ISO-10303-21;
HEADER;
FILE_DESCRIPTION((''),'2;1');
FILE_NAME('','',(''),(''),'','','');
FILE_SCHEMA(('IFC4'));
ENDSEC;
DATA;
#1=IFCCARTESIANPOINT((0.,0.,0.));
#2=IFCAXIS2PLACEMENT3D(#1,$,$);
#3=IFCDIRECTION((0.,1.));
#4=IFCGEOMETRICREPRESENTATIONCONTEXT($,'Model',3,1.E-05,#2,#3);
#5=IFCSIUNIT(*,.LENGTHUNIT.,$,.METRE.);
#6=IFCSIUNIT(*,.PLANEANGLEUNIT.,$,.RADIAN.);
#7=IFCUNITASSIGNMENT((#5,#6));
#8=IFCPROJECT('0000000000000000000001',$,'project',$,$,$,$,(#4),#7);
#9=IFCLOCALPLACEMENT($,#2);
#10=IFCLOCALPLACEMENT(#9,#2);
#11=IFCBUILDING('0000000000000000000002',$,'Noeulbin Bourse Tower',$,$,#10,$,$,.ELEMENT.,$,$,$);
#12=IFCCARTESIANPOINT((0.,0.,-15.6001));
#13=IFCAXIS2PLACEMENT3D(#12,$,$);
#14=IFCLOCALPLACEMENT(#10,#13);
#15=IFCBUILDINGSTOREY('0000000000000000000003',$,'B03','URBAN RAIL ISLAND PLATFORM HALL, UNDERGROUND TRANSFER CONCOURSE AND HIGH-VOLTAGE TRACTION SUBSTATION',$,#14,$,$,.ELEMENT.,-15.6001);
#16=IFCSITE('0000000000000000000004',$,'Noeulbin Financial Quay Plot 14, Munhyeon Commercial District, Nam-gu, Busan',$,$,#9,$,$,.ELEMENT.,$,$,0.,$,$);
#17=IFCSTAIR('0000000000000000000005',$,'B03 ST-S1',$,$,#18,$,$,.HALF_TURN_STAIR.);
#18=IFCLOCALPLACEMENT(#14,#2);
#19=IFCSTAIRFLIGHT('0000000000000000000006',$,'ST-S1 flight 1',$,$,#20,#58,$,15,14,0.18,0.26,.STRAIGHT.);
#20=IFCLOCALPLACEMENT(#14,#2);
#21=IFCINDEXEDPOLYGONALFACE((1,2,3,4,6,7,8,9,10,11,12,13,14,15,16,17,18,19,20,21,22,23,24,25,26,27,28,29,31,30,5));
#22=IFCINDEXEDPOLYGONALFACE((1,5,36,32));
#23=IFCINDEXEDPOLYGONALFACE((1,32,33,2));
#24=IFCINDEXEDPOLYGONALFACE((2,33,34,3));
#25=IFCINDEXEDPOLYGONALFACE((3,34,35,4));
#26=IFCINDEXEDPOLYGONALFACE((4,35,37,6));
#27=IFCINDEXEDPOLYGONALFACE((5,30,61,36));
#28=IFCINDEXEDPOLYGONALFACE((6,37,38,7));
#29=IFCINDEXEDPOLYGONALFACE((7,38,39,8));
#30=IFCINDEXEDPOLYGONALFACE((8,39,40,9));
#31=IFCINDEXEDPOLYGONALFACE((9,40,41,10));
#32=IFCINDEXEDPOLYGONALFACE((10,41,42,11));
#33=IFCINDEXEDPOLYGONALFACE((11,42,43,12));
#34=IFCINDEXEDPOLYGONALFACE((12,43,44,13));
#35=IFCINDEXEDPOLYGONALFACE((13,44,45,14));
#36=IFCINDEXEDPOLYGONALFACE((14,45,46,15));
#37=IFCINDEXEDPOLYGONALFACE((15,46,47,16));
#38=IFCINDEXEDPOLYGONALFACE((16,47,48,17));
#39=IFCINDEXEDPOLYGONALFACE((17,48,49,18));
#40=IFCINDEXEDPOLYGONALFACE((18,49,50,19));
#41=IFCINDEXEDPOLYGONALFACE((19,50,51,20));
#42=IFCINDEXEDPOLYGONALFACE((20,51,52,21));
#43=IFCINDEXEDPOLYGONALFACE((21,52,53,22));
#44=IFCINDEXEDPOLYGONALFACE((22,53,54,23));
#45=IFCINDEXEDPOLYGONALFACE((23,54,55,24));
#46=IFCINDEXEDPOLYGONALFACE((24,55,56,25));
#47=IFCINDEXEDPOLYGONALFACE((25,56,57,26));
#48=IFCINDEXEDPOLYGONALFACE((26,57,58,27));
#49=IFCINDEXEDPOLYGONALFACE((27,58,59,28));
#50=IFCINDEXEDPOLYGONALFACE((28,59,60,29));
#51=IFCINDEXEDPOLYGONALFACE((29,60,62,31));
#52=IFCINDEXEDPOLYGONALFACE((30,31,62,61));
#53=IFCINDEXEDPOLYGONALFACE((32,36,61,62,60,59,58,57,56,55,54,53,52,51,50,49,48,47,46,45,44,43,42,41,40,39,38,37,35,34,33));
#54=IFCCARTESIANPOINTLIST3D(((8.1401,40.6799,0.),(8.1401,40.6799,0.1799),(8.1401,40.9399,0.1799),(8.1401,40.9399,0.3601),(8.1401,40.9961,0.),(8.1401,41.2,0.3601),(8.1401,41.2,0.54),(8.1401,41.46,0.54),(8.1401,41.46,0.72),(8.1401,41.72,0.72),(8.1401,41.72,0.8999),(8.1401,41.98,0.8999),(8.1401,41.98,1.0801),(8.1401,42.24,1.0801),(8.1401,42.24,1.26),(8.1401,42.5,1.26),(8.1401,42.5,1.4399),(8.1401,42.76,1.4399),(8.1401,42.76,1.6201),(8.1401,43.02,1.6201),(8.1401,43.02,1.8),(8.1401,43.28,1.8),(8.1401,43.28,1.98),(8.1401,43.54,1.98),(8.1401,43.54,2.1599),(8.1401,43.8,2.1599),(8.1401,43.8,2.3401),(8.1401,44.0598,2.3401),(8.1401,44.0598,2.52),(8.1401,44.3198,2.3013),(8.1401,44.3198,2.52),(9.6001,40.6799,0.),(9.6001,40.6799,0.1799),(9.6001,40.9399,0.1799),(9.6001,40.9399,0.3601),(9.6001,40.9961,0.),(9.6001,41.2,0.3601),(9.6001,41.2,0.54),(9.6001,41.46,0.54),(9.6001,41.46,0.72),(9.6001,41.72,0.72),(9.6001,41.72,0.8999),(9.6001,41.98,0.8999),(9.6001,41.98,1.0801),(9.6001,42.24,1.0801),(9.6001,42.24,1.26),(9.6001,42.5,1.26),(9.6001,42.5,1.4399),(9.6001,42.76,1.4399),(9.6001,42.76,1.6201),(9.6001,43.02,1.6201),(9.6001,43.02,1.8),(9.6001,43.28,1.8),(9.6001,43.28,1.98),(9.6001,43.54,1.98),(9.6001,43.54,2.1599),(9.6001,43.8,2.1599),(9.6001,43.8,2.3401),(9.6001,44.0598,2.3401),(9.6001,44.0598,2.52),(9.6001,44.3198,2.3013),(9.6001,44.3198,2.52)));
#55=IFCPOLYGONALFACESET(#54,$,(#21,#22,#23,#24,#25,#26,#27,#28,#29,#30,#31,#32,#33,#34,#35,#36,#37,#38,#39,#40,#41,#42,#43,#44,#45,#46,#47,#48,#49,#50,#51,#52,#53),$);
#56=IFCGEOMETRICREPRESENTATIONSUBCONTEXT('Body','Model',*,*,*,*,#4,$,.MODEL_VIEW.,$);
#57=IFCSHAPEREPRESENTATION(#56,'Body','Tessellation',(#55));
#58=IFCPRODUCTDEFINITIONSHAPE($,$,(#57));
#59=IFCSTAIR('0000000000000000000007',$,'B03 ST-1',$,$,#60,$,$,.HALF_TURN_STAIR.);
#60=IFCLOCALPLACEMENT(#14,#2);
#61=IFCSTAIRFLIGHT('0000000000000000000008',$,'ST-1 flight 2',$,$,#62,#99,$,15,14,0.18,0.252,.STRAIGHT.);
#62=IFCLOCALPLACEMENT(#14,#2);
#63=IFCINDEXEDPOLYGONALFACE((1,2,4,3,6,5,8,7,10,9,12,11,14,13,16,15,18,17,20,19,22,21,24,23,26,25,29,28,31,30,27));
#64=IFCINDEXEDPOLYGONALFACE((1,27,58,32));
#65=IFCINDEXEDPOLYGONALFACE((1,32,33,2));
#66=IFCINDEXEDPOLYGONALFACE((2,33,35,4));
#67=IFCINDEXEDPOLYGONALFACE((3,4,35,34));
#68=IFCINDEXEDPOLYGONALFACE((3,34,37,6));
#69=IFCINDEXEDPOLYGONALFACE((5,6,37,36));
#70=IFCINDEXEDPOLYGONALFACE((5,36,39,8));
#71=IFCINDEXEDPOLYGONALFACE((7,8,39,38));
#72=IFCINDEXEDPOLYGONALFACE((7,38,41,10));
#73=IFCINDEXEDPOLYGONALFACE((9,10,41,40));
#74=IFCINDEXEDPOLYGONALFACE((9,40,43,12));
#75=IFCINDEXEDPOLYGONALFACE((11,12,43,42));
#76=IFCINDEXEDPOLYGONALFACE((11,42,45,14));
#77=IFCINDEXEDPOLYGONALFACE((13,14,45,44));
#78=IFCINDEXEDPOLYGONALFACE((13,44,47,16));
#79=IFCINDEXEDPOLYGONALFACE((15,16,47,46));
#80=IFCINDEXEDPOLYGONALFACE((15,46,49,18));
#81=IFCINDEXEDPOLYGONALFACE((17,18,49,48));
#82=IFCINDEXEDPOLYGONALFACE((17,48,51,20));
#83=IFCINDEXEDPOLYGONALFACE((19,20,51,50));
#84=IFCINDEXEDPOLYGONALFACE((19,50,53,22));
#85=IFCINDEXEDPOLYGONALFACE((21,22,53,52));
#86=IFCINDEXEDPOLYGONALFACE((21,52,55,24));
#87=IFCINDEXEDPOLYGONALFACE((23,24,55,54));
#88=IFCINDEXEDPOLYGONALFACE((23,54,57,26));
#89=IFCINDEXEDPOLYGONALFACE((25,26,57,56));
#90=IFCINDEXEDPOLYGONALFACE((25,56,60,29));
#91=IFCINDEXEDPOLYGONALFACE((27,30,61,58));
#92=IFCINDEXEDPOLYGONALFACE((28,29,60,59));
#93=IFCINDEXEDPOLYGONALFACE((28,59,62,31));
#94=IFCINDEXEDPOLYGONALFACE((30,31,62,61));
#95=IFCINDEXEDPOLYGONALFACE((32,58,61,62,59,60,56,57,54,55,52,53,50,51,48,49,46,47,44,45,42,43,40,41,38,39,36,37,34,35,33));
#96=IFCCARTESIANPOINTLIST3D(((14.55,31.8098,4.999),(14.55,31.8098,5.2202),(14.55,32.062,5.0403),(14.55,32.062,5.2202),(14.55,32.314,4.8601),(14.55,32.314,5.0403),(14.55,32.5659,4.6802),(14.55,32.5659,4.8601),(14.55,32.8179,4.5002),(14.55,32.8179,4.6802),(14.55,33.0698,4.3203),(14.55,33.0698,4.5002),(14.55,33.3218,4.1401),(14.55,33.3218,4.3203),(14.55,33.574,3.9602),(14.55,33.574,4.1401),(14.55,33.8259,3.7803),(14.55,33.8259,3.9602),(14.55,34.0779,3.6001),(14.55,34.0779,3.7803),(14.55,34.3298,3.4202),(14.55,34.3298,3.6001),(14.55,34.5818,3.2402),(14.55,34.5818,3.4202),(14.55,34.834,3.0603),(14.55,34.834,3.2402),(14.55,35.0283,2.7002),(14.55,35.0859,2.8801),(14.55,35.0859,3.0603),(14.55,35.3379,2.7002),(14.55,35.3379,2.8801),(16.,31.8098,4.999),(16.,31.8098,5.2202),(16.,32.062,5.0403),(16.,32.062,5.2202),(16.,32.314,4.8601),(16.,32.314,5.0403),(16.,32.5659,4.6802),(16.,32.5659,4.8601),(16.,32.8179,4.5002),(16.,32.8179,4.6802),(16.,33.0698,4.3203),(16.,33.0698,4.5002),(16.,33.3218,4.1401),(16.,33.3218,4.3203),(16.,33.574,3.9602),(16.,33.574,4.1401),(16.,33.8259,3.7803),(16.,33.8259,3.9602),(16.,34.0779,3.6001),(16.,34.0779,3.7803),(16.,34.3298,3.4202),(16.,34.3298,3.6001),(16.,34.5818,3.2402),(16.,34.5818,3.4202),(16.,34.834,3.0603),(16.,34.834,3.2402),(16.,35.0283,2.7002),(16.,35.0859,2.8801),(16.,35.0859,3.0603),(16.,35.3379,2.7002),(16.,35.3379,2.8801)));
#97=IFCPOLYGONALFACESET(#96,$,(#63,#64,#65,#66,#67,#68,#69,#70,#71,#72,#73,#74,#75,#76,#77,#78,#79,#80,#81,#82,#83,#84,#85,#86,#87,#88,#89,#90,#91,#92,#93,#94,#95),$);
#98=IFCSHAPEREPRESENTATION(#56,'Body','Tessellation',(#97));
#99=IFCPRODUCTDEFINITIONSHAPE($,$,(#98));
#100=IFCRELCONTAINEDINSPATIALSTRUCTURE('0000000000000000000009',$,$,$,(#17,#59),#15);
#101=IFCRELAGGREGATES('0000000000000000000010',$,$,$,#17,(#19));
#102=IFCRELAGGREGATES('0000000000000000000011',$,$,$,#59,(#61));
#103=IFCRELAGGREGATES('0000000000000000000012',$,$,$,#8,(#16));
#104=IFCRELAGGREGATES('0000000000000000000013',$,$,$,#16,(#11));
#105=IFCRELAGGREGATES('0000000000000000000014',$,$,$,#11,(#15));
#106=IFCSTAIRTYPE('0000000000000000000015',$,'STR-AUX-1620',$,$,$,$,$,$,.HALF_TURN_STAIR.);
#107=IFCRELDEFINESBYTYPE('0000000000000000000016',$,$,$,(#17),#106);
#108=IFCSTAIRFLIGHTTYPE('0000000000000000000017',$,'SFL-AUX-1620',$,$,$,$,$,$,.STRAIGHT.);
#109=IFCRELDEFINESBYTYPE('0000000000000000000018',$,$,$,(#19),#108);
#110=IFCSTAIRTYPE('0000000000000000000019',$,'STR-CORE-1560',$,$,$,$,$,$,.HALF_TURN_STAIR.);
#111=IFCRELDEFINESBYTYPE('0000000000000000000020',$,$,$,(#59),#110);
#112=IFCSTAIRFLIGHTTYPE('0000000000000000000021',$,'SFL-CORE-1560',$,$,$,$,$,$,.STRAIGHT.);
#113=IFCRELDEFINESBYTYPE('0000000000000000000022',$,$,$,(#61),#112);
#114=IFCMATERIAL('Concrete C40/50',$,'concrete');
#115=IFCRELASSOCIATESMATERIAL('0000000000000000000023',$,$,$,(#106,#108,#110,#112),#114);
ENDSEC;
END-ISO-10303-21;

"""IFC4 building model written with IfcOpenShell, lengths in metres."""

from ifc_helpers import new_model, si_unit, direction, frame, origin, place, context, subcontext, project, spatial, polyline, outline, extrude, material, type_object, element, aggregate, save


model = new_model("IFC4")

# Units and contexts
model_context = context("Model", 3, precision=1e-05, world=origin(), true_north=direction((0.0, 1.0)))
body_context = subcontext(model_context, "Body", "Model", "MODEL_VIEW")
ifc_project = project(units=[si_unit("LENGTHUNIT", "METRE"), si_unit("PLANEANGLEUNIT", "RADIAN")], contexts=[model_context])

# Site, building, storey
site_placement = place(None, origin())
site = spatial("IfcSite", under=ifc_project, at=site_placement, Name="Noeulbin Financial Quay Plot 14, Munhyeon Commercial District, Nam-gu, Busan", CompositionType="ELEMENT", RefElevation=0.0)
building_placement = place(site_placement, origin())
building = spatial("IfcBuilding", under=site, at=building_placement, Name="Noeulbin Bourse Tower", CompositionType="ELEMENT")
storey_placement = place(building_placement, frame((0.0, 0.0, -15.6001)))
storey = spatial("IfcBuildingStorey", under=building, at=storey_placement, Name="B03", Description="URBAN RAIL ISLAND PLATFORM HALL, UNDERGROUND TRANSFER CONCOURSE AND HIGH-VOLTAGE TRACTION SUBSTATION", CompositionType="ELEMENT", Elevation=-15.6001)

# Shared definitions
ifc_material_1 = material(Name="Concrete C40/50", Category="concrete")

# Stairs, stair flights
stair_type_1 = type_object("IfcStairType", Name="STR-AUX-1620", PredefinedType="HALF_TURN_STAIR", material=ifc_material_1)
stair_1_placement = place(storey_placement, origin())
stair_1 = element("IfcStair", 1, at=stair_1_placement, inside=storey, type_object=stair_type_1, Name="B03 ST-S1", PredefinedType="HALF_TURN_STAIR")
stair_flight_type_1 = type_object("IfcStairFlightType", Name="SFL-AUX-1620", PredefinedType="STRAIGHT", material=ifc_material_1)
stair_flight_1_placement = place(storey_placement, frame((8.8701, 40.6799, 0.0), z_axis=(0.0, 0.0, 1.0), x_axis=(0.0, 1.0, 0.0)))
stair_flight_1 = element("IfcStairFlight", 2, at=stair_flight_1_placement, type_object=stair_flight_type_1, Name="ST-S1 flight 1", NumberOfRisers=15, NumberOfTreads=14, PredefinedType="STRAIGHT", RiserHeight=0.18, TreadLength=0.26, context=body_context, shape_type="SweptSolid", body=[
    extrude(outline(polyline([(0.0, 0.0), (0.0, 0.1799), (0.26, 0.1799), (0.26, 0.3601), (0.52, 0.3601), (0.52, 0.54), (0.78, 0.54), (0.78, 0.72), (1.04, 0.72), (1.04, 0.8999), (1.3, 0.8999), (1.3, 1.0801), (1.5601, 1.0801), (1.5601, 1.26), (1.8201, 1.26), (1.8201, 1.4399), (2.0801, 1.4399), (2.0801, 1.6201), (2.3401, 1.6201), (2.3401, 1.8), (2.6001, 1.8), (2.6001, 1.98), (2.8601, 1.98), (2.8601, 2.1599), (3.1201, 2.1599), (3.1201, 2.3401), (3.3799, 2.3401), (3.3799, 2.52), (3.6399, 2.52), (3.6399, 2.7), (3.6399, 2.3013), (0.3162, 0.0), (0.0, 0.0)])), frame((0.0, 0.73, 0.0), z_axis=(0.0, -1.0, 0.0), x_axis=(1.0, 0.0, 0.0)), (0.0, 0.0, 1.0), 1.46),
])
aggregate(stair_1, [stair_flight_1])
stair_type_2 = type_object("IfcStairType", Name="STR-CORE-1560", PredefinedType="HALF_TURN_STAIR", material=ifc_material_1)
stair_2_placement = place(storey_placement, origin())
stair_2 = element("IfcStair", 3, at=stair_2_placement, inside=storey, type_object=stair_type_2, Name="B03 ST-1", PredefinedType="HALF_TURN_STAIR")
stair_flight_type_2 = type_object("IfcStairFlightType", Name="SFL-CORE-1560", PredefinedType="STRAIGHT", material=ifc_material_1)
stair_flight_2_placement = place(storey_placement, frame((15.2749, 35.3379, 2.7002), z_axis=(0.0, 0.0, 1.0), x_axis=(0.0, -1.0, 0.0)))
stair_flight_2 = element("IfcStairFlight", 4, at=stair_flight_2_placement, type_object=stair_flight_type_2, Name="ST-1 flight 2", NumberOfRisers=15, NumberOfTreads=14, PredefinedType="STRAIGHT", RiserHeight=0.18, TreadLength=0.252, context=body_context, shape_type="SweptSolid", body=[
    extrude(outline(polyline([(0.0, 0.0), (0.0, 0.1799), (0.252, 0.1799), (0.252, 0.3601), (0.5039, 0.3601), (0.5039, 0.54), (0.7561, 0.54), (0.7561, 0.72), (1.0081, 0.72), (1.0081, 0.8999), (1.26, 0.8999), (1.26, 1.0801), (1.512, 1.0801), (1.512, 1.26), (1.7639, 1.26), (1.7639, 1.4399), (2.0161, 1.4399), (2.0161, 1.6201), (2.2681, 1.6201), (2.2681, 1.8), (2.52, 1.8), (2.52, 1.98), (2.772, 1.98), (2.772, 2.1599), (3.0239, 2.1599), (3.0239, 2.3401), (3.2759, 2.3401), (3.2759, 2.52), (3.5281, 2.52), (3.5281, 2.7), (3.5281, 2.2988), (0.3096, 0.0), (0.0, 0.0)])), frame((0.0, 0.7251, 0.0), z_axis=(0.0, -1.0, 0.0), x_axis=(1.0, 0.0, 0.0)), (0.0, 0.0, 1.0), 1.45),
])
aggregate(stair_2, [stair_flight_2])

save(model, "model.ifc")
